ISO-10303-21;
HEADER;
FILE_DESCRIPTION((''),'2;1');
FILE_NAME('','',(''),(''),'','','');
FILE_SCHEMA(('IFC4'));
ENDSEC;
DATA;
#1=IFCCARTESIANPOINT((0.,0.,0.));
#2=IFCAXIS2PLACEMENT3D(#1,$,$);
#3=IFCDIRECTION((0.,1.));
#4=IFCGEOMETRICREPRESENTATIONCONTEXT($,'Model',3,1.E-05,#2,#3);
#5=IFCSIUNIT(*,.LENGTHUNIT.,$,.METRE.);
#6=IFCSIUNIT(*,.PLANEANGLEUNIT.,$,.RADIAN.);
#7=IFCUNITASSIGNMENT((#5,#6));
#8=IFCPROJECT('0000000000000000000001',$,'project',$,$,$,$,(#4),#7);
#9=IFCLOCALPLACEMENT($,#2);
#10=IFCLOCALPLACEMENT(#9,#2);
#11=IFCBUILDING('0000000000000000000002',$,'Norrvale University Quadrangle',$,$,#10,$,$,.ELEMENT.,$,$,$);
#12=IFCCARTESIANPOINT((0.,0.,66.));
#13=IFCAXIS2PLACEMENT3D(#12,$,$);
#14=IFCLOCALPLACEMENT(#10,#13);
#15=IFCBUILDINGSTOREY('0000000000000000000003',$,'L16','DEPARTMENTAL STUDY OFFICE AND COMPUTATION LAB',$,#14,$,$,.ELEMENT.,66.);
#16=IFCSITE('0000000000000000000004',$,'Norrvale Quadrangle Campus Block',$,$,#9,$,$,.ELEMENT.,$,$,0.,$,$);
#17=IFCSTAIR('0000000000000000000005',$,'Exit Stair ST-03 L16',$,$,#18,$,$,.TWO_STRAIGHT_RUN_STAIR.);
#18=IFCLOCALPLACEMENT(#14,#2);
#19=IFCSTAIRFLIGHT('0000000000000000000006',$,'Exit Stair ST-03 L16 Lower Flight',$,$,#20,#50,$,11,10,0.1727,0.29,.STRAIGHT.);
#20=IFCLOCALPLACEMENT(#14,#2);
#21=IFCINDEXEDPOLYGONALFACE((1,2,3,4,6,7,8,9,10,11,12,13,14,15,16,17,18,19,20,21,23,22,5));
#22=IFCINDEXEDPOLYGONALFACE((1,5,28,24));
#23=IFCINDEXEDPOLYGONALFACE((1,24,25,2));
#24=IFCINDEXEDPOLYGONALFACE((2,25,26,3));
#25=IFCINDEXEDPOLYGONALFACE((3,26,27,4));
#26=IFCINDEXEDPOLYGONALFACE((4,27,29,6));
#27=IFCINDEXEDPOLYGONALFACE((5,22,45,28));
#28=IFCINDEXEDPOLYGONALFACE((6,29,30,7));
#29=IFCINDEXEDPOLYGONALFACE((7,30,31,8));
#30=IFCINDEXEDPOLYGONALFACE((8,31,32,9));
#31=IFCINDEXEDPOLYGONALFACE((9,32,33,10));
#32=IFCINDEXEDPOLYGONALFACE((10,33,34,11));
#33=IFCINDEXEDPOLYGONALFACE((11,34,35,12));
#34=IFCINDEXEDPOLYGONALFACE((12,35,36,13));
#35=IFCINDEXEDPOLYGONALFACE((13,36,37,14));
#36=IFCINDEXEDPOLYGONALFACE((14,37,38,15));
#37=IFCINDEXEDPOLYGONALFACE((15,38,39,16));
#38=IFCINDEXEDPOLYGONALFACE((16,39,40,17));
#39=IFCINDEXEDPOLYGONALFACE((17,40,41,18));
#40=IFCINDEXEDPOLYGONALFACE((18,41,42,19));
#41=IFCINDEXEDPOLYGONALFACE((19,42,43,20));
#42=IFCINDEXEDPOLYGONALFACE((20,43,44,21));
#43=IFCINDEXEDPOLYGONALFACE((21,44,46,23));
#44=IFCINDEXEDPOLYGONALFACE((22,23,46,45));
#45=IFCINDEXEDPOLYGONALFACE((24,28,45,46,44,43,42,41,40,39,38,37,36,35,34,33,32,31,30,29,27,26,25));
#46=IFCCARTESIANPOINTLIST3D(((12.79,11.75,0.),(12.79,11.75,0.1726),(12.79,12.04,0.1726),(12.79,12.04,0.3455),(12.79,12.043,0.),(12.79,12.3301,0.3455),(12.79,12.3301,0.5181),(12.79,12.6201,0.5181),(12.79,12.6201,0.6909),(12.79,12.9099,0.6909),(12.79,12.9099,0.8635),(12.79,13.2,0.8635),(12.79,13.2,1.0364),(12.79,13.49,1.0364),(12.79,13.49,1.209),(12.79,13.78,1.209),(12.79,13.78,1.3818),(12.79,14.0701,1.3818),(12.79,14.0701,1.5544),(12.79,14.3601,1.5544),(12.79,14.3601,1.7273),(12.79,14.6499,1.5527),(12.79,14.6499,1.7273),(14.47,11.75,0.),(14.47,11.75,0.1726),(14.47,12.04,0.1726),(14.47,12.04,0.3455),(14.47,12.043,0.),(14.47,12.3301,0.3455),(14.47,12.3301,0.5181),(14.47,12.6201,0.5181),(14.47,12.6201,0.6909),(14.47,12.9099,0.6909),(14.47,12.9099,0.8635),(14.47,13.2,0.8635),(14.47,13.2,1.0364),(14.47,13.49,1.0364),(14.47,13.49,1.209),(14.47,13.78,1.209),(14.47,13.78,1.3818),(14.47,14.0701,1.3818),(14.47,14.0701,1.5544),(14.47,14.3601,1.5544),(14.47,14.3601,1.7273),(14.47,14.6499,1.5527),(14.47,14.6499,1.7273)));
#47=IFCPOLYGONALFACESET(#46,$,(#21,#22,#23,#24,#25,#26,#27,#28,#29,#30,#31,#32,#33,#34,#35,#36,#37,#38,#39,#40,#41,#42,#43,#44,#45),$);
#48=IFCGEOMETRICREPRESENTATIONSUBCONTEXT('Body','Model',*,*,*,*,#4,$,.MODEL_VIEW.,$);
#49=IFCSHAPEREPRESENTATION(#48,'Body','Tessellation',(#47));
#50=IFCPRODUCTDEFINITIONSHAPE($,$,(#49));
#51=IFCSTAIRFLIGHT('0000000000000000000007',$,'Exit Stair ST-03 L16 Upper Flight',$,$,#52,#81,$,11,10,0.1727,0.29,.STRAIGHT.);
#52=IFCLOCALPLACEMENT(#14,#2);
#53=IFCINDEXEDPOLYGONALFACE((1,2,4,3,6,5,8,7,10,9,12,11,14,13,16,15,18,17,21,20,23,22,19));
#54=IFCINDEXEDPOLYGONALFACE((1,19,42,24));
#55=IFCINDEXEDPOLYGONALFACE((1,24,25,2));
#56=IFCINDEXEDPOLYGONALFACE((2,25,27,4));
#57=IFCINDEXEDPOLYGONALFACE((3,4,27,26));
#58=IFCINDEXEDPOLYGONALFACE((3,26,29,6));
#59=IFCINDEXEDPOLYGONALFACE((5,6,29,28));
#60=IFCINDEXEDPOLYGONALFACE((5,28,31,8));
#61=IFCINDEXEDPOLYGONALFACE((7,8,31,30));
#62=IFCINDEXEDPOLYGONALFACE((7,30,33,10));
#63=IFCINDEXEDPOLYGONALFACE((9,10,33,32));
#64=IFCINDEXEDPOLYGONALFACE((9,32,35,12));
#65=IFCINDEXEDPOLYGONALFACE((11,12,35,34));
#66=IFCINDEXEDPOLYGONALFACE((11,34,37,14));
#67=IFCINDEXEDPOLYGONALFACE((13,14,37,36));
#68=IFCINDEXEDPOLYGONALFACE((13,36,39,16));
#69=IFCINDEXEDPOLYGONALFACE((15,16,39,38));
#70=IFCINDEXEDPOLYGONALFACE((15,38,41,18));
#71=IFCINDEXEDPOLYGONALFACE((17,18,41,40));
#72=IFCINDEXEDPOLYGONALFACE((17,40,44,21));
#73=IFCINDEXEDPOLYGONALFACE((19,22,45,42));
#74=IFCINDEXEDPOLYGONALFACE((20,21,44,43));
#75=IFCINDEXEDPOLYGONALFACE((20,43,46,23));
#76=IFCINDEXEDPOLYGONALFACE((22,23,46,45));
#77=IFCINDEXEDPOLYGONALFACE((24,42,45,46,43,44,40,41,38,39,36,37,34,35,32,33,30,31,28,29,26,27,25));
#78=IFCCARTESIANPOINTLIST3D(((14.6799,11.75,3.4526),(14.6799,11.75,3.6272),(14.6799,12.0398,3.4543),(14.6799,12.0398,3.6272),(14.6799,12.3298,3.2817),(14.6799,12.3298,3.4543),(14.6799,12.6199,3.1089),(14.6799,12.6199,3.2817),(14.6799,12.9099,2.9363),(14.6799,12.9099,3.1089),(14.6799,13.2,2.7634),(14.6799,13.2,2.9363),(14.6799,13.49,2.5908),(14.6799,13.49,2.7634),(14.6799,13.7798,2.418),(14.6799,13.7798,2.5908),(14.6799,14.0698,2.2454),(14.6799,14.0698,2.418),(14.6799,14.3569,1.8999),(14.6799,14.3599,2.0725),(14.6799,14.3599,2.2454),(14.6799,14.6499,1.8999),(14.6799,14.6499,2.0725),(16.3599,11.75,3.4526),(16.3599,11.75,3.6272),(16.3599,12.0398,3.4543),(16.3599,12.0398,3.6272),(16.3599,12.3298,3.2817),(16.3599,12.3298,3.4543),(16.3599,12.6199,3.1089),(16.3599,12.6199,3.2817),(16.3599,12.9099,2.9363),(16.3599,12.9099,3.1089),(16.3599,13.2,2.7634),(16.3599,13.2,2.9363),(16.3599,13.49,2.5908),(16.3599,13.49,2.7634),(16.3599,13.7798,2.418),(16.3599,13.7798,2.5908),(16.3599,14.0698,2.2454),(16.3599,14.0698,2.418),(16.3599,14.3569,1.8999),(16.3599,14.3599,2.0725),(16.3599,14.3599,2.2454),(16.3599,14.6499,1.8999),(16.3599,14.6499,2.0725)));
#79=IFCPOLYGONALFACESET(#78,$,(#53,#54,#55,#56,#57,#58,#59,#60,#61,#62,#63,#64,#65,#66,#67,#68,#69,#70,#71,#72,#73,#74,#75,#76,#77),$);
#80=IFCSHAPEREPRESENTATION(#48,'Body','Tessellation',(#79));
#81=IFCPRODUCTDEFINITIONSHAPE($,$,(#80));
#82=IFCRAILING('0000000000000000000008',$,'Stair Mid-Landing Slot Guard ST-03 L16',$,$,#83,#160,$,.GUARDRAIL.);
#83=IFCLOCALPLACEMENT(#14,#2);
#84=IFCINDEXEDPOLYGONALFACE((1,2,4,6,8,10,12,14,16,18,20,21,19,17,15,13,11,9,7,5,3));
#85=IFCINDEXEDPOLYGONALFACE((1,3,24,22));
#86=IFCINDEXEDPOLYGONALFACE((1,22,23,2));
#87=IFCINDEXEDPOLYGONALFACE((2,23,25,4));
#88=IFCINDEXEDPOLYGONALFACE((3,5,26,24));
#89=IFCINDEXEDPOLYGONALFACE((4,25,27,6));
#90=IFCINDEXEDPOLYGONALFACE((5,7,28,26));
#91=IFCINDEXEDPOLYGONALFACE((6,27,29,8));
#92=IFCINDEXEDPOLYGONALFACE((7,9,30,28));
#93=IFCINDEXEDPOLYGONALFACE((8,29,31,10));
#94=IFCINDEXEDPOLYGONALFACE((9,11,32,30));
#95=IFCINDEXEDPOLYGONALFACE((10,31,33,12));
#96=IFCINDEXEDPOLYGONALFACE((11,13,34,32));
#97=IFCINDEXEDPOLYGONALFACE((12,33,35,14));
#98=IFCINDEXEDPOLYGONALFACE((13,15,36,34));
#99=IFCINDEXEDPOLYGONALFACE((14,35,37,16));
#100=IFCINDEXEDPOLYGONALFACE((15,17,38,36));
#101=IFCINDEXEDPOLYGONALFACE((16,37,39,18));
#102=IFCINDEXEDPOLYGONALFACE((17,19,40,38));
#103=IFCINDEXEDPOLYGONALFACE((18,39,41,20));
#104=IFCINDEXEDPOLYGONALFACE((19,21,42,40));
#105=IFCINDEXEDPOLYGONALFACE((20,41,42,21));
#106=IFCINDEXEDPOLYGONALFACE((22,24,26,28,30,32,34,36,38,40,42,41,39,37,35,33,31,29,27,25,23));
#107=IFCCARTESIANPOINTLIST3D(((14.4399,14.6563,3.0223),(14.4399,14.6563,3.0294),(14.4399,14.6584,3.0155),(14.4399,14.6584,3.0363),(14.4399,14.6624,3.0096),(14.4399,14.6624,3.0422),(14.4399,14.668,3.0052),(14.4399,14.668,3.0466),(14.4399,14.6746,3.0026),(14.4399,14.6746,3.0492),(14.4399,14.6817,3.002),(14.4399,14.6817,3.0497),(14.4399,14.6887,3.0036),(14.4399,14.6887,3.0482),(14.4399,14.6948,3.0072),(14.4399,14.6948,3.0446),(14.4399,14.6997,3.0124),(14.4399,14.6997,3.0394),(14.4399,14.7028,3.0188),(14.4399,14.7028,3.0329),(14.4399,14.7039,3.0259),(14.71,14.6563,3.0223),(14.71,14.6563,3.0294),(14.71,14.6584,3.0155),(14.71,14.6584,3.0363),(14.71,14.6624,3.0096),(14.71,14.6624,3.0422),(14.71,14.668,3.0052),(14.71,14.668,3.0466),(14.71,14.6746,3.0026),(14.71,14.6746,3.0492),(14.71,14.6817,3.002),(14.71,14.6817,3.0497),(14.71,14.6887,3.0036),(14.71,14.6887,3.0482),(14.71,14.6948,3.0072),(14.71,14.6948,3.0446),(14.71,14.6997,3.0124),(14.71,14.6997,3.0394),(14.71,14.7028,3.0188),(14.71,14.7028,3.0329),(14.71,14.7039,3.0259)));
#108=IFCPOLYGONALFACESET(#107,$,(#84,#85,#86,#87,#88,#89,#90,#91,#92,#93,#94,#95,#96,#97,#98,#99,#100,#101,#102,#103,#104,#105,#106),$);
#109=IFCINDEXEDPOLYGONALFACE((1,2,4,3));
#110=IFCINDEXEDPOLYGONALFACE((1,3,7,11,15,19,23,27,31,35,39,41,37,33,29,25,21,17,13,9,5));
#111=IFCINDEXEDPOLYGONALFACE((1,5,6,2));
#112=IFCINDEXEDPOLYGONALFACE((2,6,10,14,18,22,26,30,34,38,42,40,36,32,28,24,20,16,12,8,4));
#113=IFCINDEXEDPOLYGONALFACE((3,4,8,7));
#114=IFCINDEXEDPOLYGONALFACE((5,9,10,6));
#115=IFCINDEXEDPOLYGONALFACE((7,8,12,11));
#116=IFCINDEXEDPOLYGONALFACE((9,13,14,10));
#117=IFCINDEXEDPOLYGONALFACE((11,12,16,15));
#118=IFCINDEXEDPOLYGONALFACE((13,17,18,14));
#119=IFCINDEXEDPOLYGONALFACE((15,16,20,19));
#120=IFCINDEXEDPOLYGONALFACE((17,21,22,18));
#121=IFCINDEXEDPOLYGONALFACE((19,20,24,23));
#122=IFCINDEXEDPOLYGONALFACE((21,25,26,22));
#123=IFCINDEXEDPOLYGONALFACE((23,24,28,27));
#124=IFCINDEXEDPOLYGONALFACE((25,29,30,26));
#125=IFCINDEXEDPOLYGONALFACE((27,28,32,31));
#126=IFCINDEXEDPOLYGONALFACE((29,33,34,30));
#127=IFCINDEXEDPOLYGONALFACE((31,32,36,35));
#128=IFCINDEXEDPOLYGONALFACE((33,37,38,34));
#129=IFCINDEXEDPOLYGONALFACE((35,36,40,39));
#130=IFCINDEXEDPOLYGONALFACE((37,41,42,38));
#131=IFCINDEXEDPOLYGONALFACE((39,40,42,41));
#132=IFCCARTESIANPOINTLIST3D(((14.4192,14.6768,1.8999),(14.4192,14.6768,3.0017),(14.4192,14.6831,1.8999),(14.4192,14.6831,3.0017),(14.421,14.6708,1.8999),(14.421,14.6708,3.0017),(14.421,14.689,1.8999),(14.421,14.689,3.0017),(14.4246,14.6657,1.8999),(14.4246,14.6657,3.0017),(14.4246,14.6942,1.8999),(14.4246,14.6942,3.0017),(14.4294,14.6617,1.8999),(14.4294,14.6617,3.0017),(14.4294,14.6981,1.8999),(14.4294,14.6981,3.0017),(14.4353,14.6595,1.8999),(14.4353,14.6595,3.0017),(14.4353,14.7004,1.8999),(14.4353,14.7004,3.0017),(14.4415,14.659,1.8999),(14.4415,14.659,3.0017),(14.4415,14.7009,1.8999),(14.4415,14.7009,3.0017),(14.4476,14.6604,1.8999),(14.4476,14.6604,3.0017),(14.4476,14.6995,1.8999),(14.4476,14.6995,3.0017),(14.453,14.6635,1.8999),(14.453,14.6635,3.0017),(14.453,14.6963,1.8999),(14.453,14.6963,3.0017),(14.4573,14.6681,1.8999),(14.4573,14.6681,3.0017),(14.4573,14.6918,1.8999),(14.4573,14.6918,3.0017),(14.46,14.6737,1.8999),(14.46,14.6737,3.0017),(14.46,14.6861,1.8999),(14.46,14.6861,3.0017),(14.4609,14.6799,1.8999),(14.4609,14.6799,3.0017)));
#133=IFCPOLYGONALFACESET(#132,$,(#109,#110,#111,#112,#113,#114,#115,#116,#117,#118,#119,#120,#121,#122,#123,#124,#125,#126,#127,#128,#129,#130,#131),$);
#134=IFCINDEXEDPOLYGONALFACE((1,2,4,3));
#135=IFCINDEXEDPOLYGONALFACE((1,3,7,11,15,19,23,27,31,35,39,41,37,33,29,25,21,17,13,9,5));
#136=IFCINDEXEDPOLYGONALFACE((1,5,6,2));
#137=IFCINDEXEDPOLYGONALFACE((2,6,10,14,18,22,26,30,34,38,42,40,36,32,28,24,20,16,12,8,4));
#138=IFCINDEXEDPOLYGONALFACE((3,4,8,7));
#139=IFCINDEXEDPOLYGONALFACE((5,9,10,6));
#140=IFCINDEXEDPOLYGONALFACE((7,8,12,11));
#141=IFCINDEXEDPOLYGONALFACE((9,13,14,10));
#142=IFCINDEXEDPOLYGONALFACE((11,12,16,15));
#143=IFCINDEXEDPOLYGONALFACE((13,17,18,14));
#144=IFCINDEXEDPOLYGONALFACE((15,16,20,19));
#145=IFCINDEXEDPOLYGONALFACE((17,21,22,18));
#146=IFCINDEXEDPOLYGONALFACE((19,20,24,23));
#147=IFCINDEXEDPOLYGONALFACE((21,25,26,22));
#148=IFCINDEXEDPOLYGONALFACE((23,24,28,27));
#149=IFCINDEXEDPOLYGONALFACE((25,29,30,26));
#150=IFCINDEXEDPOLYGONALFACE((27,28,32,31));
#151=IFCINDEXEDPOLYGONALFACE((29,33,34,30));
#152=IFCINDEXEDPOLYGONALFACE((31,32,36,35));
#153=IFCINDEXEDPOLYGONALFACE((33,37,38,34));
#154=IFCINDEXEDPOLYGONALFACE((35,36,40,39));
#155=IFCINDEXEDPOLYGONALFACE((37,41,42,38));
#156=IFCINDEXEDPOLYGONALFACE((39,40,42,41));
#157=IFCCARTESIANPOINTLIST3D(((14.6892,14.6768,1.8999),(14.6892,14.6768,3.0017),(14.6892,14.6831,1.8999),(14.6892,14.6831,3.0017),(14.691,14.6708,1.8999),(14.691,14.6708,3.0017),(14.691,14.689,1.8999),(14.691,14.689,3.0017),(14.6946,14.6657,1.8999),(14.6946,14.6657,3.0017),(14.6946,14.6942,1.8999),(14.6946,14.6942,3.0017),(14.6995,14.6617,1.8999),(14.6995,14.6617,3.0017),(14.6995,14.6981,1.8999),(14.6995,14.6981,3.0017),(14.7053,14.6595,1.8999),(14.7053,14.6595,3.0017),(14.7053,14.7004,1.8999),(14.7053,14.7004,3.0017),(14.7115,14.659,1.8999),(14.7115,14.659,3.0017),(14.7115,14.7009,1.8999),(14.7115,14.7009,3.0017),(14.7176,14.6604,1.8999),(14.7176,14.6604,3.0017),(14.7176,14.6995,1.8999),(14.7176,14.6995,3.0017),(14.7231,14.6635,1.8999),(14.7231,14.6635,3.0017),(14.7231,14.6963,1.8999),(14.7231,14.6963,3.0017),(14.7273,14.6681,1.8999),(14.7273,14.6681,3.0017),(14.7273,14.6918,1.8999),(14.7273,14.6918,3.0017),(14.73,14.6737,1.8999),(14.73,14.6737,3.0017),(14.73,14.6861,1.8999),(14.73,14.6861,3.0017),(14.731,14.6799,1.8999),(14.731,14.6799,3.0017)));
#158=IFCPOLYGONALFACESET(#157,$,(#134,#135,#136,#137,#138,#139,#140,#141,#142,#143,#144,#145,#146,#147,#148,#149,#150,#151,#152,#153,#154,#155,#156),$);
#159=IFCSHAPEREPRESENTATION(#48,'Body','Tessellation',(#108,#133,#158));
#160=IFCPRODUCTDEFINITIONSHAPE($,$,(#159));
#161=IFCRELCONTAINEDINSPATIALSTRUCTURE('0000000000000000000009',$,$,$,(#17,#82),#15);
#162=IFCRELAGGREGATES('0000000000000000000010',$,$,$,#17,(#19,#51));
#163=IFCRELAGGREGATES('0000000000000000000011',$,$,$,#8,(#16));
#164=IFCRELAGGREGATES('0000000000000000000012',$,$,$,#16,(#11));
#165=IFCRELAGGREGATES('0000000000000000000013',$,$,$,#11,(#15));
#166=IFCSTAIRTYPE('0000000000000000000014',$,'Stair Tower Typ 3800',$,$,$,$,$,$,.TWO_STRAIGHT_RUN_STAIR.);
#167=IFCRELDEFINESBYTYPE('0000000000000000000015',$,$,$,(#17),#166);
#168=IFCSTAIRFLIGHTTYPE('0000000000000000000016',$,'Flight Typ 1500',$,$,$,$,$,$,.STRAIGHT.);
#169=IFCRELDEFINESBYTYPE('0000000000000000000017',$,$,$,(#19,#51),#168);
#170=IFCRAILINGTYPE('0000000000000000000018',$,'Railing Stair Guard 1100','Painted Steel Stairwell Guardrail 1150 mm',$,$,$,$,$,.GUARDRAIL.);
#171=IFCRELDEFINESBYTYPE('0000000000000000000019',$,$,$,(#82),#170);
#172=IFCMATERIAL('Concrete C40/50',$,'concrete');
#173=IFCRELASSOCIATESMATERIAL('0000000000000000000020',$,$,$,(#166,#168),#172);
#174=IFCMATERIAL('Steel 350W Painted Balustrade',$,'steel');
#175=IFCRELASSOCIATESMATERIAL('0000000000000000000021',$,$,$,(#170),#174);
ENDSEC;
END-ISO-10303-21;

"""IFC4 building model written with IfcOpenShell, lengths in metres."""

from ifc_helpers import new_model, si_unit, direction, frame, origin, origin_2d, place, context, subcontext, project, spatial, polyline, circle, outline, extrude, material, type_object, element, aggregate, save


model = new_model("IFC4")

# Units and contexts
model_context = context("Model", 3, precision=1e-05, world=origin(), true_north=direction((0.0, 1.0)))
body_context = subcontext(model_context, "Body", "Model", "MODEL_VIEW")
ifc_project = project(units=[si_unit("LENGTHUNIT", "METRE"), si_unit("PLANEANGLEUNIT", "RADIAN")], contexts=[model_context])

# Site, building, storey
site_placement = place(None, origin())
site = spatial("IfcSite", under=ifc_project, at=site_placement, Name="Norrvale Quadrangle Campus Block", CompositionType="ELEMENT", RefElevation=0.0)
building_placement = place(site_placement, origin())
building = spatial("IfcBuilding", under=site, at=building_placement, Name="Norrvale University Quadrangle", CompositionType="ELEMENT")
storey_placement = place(building_placement, frame((0.0, 0.0, 66.0)))
storey = spatial("IfcBuildingStorey", under=building, at=storey_placement, Name="L16", Description="DEPARTMENTAL STUDY OFFICE AND COMPUTATION LAB", CompositionType="ELEMENT", Elevation=66.0)

# Stair, stair flights
ifc_material_1 = material(Name="Concrete C40/50", Category="concrete")
stair_type = type_object("IfcStairType", Name="Stair Tower Typ 3800", PredefinedType="TWO_STRAIGHT_RUN_STAIR", material=ifc_material_1)
stair_placement = place(storey_placement, origin())
stair = element("IfcStair", 1, at=stair_placement, inside=storey, type_object=stair_type, Name="Exit Stair ST-03 L16", PredefinedType="TWO_STRAIGHT_RUN_STAIR")
stair_flight_type = type_object("IfcStairFlightType", Name="Flight Typ 1500", PredefinedType="STRAIGHT", material=ifc_material_1)
stair_flight_1_placement = place(storey_placement, frame((13.6299, 11.75, 0.0), z_axis=(0.0, 0.0, 1.0), x_axis=(0.0, 1.0, 0.0)))
stair_flight_1 = element("IfcStairFlight", 2, at=stair_flight_1_placement, type_object=stair_flight_type, Name="Exit Stair ST-03 L16 Lower Flight", NumberOfRisers=11, NumberOfTreads=10, PredefinedType="STRAIGHT", RiserHeight=0.1727, TreadLength=0.29, context=body_context, shape_type="SweptSolid", body=[
    extrude(outline(polyline([(0.0, 0.0), (0.0, 0.1726), (0.29, 0.1726), (0.29, 0.3455), (0.5801, 0.3455), (0.5801, 0.5181), (0.8701, 0.5181), (0.8701, 0.6909), (1.1599, 0.6909), (1.1599, 0.8635), (1.45, 0.8635), (1.45, 1.0364), (1.74, 1.0364), (1.74, 1.209), (2.03, 1.209), (2.03, 1.3818), (2.3201, 1.3818), (2.3201, 1.5544), (2.6101, 1.5544), (2.6101, 1.7273), (2.8999, 1.7273), (2.8999, 1.8999), (2.8999, 1.5527), (0.293, 0.0), (0.0, 0.0)])), frame((0.0, 0.8398, 0.0), z_axis=(0.0, -1.0, 0.0), x_axis=(1.0, 0.0, 0.0)), (0.0, 0.0, 1.0), 1.6799),
])
stair_flight_2_placement = place(storey_placement, frame((15.52, 14.6499, 1.8999), z_axis=(0.0, 0.0, 1.0), x_axis=(0.0, -1.0, 0.0)))
stair_flight_2 = element("IfcStairFlight", 3, at=stair_flight_2_placement, type_object=stair_flight_type, Name="Exit Stair ST-03 L16 Upper Flight", NumberOfRisers=11, NumberOfTreads=10, PredefinedType="STRAIGHT", RiserHeight=0.1727, TreadLength=0.29, context=body_context, shape_type="SweptSolid", body=[
    extrude(outline(polyline([(0.0, 0.0), (0.0, 0.1726), (0.29, 0.1726), (0.29, 0.3455), (0.5801, 0.3455), (0.5801, 0.5181), (0.8701, 0.5181), (0.8701, 0.6909), (1.1599, 0.6909), (1.1599, 0.8635), (1.45, 0.8635), (1.45, 1.0364), (1.74, 1.0364), (1.74, 1.209), (2.03, 1.209), (2.03, 1.3818), (2.3201, 1.3818), (2.3201, 1.5544), (2.6101, 1.5544), (2.6101, 1.7273), (2.8999, 1.7273), (2.8999, 1.8999), (2.8999, 1.5527), (0.293, 0.0), (0.0, 0.0)])), frame((0.0, 0.8398, 0.0), z_axis=(0.0, -1.0, 0.0), x_axis=(1.0, 0.0, 0.0)), (0.0, 0.0, 1.0), 1.6799),
])
aggregate(stair, [stair_flight_1, stair_flight_2])

# Railing
ifc_material_2 = material(Name="Steel 350W Painted Balustrade", Category="steel")
railing_type_1 = type_object("IfcRailingType", Name="Railing Stair Guard 1100", Description="Painted Steel Stairwell Guardrail 1150 mm", PredefinedType="GUARDRAIL", material=ifc_material_2)
railing_1_placement = place(storey_placement, frame((14.4399, 14.6799, 1.8999)))
element("IfcRailing", 4, at=railing_1_placement, inside=storey, type_object=railing_type_1, Name="Stair Mid-Landing Slot Guard ST-03 L16", PredefinedType="GUARDRAIL", context=body_context, shape_type="SweptSolid", body=[
    extrude(circle(Radius=0.0239, at=origin_2d()), frame((0.0, 0.0, 1.126), z_axis=(1.0, 0.0, 0.0), x_axis=(0.0, 1.0, 0.0)), (0.0, 0.0, 1.0), 0.27),
    extrude(circle(Radius=0.021, at=origin_2d()), origin(), (0.0, 0.0, 1.0), 1.1018),
    extrude(circle(Radius=0.021, at=origin_2d()), frame((0.27, 0.0, 0.0)), (0.0, 0.0, 1.0), 1.1018),
])

save(model, "model.ifc")
